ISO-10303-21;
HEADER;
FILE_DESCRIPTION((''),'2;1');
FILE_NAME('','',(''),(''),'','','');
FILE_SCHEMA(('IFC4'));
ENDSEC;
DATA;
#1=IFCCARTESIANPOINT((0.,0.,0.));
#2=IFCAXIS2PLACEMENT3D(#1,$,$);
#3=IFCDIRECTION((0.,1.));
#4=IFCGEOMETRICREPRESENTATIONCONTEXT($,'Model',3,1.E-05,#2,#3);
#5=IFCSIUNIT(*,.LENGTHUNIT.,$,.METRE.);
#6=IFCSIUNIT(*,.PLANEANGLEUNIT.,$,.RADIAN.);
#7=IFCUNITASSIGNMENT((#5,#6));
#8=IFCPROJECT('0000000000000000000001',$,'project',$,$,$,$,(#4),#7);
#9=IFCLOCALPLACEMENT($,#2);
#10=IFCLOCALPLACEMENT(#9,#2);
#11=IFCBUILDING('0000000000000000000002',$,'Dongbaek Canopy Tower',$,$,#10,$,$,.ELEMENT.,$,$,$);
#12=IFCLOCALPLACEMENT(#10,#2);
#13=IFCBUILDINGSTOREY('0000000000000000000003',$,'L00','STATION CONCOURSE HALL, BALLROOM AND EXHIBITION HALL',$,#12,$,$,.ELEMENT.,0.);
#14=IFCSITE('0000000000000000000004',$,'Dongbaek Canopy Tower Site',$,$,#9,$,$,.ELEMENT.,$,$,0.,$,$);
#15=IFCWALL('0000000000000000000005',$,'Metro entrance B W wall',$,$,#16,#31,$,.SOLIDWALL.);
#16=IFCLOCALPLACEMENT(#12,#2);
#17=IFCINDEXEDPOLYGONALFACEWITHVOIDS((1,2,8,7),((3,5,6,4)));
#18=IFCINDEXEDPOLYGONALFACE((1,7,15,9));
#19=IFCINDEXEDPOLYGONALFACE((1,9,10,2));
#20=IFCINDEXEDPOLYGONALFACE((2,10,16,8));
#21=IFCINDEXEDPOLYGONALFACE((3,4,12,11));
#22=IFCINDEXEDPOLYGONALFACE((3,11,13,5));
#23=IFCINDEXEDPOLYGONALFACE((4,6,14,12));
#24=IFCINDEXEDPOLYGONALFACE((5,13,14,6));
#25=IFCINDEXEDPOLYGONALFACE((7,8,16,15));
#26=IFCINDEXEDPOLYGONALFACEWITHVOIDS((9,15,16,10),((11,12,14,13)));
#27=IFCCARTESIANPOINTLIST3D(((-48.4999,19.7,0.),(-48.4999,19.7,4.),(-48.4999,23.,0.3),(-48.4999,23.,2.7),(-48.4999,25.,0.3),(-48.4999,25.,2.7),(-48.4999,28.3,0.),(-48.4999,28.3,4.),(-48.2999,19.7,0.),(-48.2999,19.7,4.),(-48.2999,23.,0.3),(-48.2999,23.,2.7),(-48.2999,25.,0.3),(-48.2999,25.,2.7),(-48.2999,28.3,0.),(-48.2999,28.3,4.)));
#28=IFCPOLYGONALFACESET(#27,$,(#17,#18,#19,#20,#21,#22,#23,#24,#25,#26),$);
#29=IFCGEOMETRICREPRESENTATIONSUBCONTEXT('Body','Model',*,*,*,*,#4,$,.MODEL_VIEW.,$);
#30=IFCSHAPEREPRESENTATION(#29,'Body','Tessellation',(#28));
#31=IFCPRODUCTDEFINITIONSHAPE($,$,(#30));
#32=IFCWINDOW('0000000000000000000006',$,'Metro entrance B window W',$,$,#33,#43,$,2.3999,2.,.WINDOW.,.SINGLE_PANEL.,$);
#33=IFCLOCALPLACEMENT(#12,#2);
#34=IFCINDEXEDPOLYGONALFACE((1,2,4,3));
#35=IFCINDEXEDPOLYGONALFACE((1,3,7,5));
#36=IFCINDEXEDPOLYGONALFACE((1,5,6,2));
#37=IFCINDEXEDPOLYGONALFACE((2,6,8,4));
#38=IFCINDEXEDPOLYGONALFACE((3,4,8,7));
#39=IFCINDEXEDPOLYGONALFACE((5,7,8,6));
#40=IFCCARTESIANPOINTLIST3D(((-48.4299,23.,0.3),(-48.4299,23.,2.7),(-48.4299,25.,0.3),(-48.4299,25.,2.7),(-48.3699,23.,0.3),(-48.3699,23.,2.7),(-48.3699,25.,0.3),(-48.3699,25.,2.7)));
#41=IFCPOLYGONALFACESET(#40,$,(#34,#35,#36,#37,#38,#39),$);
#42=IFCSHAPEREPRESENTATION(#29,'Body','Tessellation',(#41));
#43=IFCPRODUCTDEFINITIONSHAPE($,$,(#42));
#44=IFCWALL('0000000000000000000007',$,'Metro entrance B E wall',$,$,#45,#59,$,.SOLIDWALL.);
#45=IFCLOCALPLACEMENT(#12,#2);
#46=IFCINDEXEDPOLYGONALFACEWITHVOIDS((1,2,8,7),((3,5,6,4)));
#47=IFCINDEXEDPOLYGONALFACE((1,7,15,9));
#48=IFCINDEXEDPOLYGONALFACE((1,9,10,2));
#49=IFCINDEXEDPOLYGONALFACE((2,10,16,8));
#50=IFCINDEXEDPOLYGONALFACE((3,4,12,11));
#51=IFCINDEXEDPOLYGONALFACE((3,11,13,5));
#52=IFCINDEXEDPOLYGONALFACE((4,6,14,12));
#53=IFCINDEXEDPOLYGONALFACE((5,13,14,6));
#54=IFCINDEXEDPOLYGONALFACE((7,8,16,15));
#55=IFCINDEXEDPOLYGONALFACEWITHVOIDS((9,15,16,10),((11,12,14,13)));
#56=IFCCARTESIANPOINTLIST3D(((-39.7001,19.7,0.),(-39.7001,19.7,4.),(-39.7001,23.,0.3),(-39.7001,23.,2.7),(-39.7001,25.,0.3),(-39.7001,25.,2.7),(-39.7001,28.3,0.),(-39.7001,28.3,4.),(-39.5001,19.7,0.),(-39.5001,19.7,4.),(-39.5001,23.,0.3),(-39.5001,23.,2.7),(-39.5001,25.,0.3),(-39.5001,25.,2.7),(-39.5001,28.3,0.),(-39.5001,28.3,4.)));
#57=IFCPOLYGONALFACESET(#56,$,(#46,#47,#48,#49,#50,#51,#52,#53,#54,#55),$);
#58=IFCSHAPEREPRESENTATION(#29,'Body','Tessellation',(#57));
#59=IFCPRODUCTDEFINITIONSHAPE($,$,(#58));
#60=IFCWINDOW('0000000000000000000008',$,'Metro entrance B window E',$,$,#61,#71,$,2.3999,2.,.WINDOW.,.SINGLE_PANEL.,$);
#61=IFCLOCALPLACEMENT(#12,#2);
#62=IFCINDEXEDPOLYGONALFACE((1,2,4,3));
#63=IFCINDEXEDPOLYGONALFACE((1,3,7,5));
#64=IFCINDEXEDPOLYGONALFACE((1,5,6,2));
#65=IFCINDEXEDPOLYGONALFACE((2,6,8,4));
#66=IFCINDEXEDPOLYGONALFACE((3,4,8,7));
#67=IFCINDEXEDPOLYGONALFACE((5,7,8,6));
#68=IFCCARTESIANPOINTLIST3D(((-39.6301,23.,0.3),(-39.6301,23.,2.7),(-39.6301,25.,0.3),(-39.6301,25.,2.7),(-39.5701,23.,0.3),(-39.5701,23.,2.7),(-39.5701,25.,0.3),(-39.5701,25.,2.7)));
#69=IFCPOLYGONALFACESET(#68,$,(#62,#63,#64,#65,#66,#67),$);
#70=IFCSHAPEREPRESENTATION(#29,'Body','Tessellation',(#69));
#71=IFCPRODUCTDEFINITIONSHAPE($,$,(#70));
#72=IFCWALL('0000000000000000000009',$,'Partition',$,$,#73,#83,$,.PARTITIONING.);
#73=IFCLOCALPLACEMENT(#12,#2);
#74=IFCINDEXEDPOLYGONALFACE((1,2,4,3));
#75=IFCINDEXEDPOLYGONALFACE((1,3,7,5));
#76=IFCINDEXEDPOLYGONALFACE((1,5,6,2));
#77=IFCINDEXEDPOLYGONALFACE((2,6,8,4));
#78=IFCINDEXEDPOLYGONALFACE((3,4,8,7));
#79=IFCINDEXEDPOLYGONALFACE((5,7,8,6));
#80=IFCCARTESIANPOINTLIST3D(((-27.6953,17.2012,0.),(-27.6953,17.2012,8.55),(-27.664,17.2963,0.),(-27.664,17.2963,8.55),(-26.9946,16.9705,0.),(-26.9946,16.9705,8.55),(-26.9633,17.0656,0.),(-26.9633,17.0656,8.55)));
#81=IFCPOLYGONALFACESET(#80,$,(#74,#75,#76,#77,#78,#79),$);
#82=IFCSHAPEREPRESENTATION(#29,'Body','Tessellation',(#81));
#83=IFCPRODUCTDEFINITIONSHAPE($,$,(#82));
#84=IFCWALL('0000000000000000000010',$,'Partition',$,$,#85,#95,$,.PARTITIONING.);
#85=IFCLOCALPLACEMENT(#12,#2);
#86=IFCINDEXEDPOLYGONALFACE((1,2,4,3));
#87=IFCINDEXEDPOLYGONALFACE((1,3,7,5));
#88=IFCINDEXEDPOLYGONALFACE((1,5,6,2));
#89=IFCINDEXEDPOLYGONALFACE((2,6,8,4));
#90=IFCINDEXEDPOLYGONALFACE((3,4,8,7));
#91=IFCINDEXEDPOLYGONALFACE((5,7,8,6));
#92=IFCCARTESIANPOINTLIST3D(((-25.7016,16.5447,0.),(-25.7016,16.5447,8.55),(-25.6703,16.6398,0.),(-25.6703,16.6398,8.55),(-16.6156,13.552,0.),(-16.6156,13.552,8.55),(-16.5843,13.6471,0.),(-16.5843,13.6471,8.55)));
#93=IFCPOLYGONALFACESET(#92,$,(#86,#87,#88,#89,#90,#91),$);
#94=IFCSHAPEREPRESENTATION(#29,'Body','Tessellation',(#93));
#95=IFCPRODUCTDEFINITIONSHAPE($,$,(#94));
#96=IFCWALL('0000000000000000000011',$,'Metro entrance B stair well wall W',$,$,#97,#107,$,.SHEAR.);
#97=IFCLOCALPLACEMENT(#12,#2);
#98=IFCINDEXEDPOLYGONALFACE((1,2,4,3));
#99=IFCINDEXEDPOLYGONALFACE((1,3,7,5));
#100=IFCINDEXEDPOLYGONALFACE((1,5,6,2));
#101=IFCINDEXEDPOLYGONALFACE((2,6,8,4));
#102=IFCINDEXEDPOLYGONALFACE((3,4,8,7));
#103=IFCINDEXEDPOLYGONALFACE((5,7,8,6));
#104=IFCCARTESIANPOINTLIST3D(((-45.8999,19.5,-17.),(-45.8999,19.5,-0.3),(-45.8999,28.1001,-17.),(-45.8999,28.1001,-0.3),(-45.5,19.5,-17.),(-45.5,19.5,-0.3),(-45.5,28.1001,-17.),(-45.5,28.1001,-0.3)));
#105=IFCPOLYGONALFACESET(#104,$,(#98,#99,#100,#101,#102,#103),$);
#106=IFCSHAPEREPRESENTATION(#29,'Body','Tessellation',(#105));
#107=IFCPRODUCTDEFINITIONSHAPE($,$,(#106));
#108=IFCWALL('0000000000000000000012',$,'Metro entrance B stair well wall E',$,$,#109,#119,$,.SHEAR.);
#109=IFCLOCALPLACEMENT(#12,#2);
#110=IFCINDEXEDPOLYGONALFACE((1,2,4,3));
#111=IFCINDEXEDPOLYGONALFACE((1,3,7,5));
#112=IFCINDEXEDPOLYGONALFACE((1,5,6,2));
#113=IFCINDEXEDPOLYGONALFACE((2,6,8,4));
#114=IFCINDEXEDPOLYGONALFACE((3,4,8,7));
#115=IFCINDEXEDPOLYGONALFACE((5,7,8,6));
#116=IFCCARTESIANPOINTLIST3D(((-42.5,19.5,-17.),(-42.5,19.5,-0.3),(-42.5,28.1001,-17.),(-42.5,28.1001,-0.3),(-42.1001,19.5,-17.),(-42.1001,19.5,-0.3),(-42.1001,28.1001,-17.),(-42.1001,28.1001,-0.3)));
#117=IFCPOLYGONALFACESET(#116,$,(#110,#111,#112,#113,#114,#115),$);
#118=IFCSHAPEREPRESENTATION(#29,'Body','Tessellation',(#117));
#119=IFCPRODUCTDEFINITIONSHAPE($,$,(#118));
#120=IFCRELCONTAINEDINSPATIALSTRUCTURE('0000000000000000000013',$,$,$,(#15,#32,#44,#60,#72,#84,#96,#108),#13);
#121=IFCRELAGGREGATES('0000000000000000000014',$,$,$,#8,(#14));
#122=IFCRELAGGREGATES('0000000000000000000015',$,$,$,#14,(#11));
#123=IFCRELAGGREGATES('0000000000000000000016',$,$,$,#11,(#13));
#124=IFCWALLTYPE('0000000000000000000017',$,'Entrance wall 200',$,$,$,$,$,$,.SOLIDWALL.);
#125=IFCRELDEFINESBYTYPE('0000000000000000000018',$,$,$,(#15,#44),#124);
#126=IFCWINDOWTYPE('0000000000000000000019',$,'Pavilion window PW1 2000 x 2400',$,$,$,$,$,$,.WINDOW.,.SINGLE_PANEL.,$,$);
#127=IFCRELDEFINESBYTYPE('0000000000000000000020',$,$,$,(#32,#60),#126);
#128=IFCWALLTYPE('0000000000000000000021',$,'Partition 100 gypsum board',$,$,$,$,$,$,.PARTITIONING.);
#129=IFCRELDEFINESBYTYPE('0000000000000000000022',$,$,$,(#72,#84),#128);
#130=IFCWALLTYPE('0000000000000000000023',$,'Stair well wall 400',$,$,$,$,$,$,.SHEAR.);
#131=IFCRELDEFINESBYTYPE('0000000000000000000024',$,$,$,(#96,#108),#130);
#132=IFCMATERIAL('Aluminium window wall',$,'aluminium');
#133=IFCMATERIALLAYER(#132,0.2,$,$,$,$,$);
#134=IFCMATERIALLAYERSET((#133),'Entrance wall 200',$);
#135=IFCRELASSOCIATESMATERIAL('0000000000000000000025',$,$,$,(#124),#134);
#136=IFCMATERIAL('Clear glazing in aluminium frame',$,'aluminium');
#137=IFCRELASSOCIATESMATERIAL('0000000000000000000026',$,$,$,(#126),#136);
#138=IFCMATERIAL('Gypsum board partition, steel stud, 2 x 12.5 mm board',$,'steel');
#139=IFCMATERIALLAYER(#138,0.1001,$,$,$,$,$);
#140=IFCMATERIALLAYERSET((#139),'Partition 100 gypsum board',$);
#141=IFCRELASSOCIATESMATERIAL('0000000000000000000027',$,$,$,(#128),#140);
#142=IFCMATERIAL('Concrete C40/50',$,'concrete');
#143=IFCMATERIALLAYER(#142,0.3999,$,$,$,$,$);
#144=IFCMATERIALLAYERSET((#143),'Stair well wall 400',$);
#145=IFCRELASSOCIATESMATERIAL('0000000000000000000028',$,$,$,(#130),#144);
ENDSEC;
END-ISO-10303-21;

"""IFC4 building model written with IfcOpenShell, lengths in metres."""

from ifc_helpers import new_model, si_unit, direction, frame, frame_2d, origin, place, context, subcontext, project, spatial, rectangle, extrude, material, layer, layer_set, type_object, element, fill, save


model = new_model("IFC4")

# Units and contexts
model_context = context("Model", 3, precision=1e-05, world=origin(), true_north=direction((0.0, 1.0)))
body_context = subcontext(model_context, "Body", "Model", "MODEL_VIEW")
ifc_project = project(units=[si_unit("LENGTHUNIT", "METRE"), si_unit("PLANEANGLEUNIT", "RADIAN")], contexts=[model_context])

# Site, building, storey
site_placement = place(None, origin())
site = spatial("IfcSite", under=ifc_project, at=site_placement, Name="Dongbaek Canopy Tower Site", CompositionType="ELEMENT", RefElevation=0.0)
building_placement = place(site_placement, origin())
building = spatial("IfcBuilding", under=site, at=building_placement, Name="Dongbaek Canopy Tower", CompositionType="ELEMENT")
storey_placement = place(building_placement, origin())
storey = spatial("IfcBuildingStorey", under=building, at=storey_placement, Name="L00", Description="STATION CONCOURSE HALL, BALLROOM AND EXHIBITION HALL", CompositionType="ELEMENT", Elevation=0.0)

# Shared definitions
ifc_material_1 = material(Name="Aluminium window wall", Category="aluminium")
ifc_layer_1 = layer(ifc_material_1, 0.2)
ifc_layer_set_1 = layer_set([ifc_layer_1], Name="Entrance wall 200")
wall_type_1 = type_object("IfcWallType", Name="Entrance wall 200", PredefinedType="SOLIDWALL", material=ifc_layer_set_1)

# Walls, openings, windows
ifc_material_2 = material(Name="Clear glazing in aluminium frame", Category="aluminium")
window_type = type_object("IfcWindowType", Name="Pavilion window PW1 2000 x 2400", PartitioningType="SINGLE_PANEL", PredefinedType="WINDOW", material=ifc_material_2)
wall_1_placement = place(storey_placement, frame((-48.3999, 19.7, 0.0), z_axis=(0.0, 0.0, 1.0), x_axis=(0.0, 1.0, 0.0)))
wall_1 = element("IfcWall", 1, at=wall_1_placement, inside=storey, type_object=wall_type_1, Name="Metro entrance B W wall", PredefinedType="SOLIDWALL", context=body_context, shape_type="SweptSolid", body=[
    extrude(rectangle(XDim=8.6001, YDim=0.2, at=frame_2d((4.3, 0.0))), origin(), (0.0, 0.0, 1.0), 4.0),
])
opening_1_placement = place(wall_1_placement, frame((3.3, 0.0, 0.3)))
opening_1 = element("IfcOpeningElement", 2, at=opening_1_placement, cuts=wall_1, PredefinedType="OPENING", context=body_context, shape_type="SweptSolid", body=[
    extrude(rectangle(XDim=2.0, YDim=2.3999, at=frame_2d((1.0, 1.2))), frame((0.0, 0.1099, 0.0), z_axis=(0.0, -1.0, 0.0), x_axis=(1.0, 0.0, 0.0)), (0.0, 0.0, 1.0), 0.22),
])
window_1_placement = place(opening_1_placement, origin())
window_1 = element("IfcWindow", 3, at=window_1_placement, inside=storey, type_object=window_type, Name="Metro entrance B window W", OverallHeight=2.3999, OverallWidth=2.0, PartitioningType="SINGLE_PANEL", PredefinedType="WINDOW", context=body_context, shape_type="SweptSolid", body=[
    extrude(rectangle(XDim=2.0, YDim=2.3999, at=frame_2d((1.0, 1.2))), frame((0.0, 0.03, 0.0), z_axis=(0.0, -1.0, 0.0), x_axis=(1.0, 0.0, 0.0)), (0.0, 0.0, 1.0), 0.0601),
])
fill(opening_1, window_1)
wall_2_placement = place(storey_placement, frame((-39.6001, 19.7, 0.0), z_axis=(0.0, 0.0, 1.0), x_axis=(0.0, 1.0, 0.0)))
wall_2 = element("IfcWall", 4, at=wall_2_placement, inside=storey, type_object=wall_type_1, Name="Metro entrance B E wall", PredefinedType="SOLIDWALL", context=body_context, shape_type="SweptSolid", body=[
    extrude(rectangle(XDim=8.6001, YDim=0.2, at=frame_2d((4.3, 0.0))), origin(), (0.0, 0.0, 1.0), 4.0),
])
opening_2_placement = place(wall_2_placement, frame((3.3, 0.0, 0.3)))
opening_2 = element("IfcOpeningElement", 5, at=opening_2_placement, cuts=wall_2, PredefinedType="OPENING", context=body_context, shape_type="SweptSolid", body=[
    extrude(rectangle(XDim=2.0, YDim=2.3999, at=frame_2d((1.0, 1.2))), frame((0.0, 0.1099, 0.0), z_axis=(0.0, -1.0, 0.0), x_axis=(1.0, 0.0, 0.0)), (0.0, 0.0, 1.0), 0.22),
])
window_2_placement = place(opening_2_placement, origin())
window_2 = element("IfcWindow", 6, at=window_2_placement, inside=storey, type_object=window_type, Name="Metro entrance B window E", OverallHeight=2.3999, OverallWidth=2.0, PartitioningType="SINGLE_PANEL", PredefinedType="WINDOW", context=body_context, shape_type="SweptSolid", body=[
    extrude(rectangle(XDim=2.0, YDim=2.3999, at=frame_2d((1.0, 1.2))), frame((0.0, 0.03, 0.0), z_axis=(0.0, -1.0, 0.0), x_axis=(1.0, 0.0, 0.0)), (0.0, 0.0, 1.0), 0.0601),
])
fill(opening_2, window_2)

# Walls
ifc_material_3 = material(Name="Gypsum board partition, steel stud, 2 x 12.5 mm board", Category="steel")
ifc_layer_2 = layer(ifc_material_3, 0.1001)
ifc_layer_set_2 = layer_set([ifc_layer_2], Name="Partition 100 gypsum board")
wall_type_2 = type_object("IfcWallType", Name="Partition 100 gypsum board", PredefinedType="PARTITIONING", material=ifc_layer_set_2)
wall_3_placement = place(storey_placement, frame((-27.6797, 17.2488, 0.0), z_axis=(0.0, 0.0, 1.0), x_axis=(0.949835, -0.312751, 0.0)))
element("IfcWall", 7, at=wall_3_placement, inside=storey, type_object=wall_type_2, Name="Partition", PredefinedType="PARTITIONING", context=body_context, shape_type="SweptSolid", body=[
    extrude(rectangle(XDim=0.7378, YDim=0.1001, at=frame_2d((0.3689, 0.0))), origin(), (0.0, 0.0, 1.0), 8.55),
])
wall_4_placement = place(storey_placement, frame((-25.686, 16.5923, 0.0), z_axis=(0.0, 0.0, 1.0), x_axis=(0.949805, -0.312842, 0.0)))
element("IfcWall", 8, at=wall_4_placement, inside=storey, type_object=wall_type_2, Name="Partition", PredefinedType="PARTITIONING", context=body_context, shape_type="SweptSolid", body=[
    extrude(rectangle(XDim=9.5662, YDim=0.1001, at=frame_2d((4.7832, 0.0))), origin(), (0.0, 0.0, 1.0), 8.55),
])
ifc_material_4 = material(Name="Concrete C40/50", Category="concrete")
ifc_layer_3 = layer(ifc_material_4, 0.3999)
ifc_layer_set_3 = layer_set([ifc_layer_3], Name="Stair well wall 400")
wall_type_3 = type_object("IfcWallType", Name="Stair well wall 400", PredefinedType="SHEAR", material=ifc_layer_set_3)
for number, where, z_axis, x_axis, name in (
    (9, (-45.7, 19.5, -17.0), (0.0, 0.0, 1.0), (0.0, 1.0, 0.0), "Metro entrance B stair well wall W"),
    (10, (-42.3, 19.5, -17.0), (0.0, 0.0, 1.0), (0.0, 1.0, 0.0), "Metro entrance B stair well wall E"),
):
    element("IfcWall", number, at=place(storey_placement, frame(where, z_axis=z_axis, x_axis=x_axis)), inside=storey, type_object=wall_type_3, Name=name, PredefinedType="SHEAR", context=body_context, shape_type="SweptSolid", body=[
        extrude(rectangle(XDim=8.6001, YDim=0.3999, at=frame_2d((4.3, 0.0))), origin(), (0.0, 0.0, 1.0), 16.7),
    ])

save(model, "model.ifc")
